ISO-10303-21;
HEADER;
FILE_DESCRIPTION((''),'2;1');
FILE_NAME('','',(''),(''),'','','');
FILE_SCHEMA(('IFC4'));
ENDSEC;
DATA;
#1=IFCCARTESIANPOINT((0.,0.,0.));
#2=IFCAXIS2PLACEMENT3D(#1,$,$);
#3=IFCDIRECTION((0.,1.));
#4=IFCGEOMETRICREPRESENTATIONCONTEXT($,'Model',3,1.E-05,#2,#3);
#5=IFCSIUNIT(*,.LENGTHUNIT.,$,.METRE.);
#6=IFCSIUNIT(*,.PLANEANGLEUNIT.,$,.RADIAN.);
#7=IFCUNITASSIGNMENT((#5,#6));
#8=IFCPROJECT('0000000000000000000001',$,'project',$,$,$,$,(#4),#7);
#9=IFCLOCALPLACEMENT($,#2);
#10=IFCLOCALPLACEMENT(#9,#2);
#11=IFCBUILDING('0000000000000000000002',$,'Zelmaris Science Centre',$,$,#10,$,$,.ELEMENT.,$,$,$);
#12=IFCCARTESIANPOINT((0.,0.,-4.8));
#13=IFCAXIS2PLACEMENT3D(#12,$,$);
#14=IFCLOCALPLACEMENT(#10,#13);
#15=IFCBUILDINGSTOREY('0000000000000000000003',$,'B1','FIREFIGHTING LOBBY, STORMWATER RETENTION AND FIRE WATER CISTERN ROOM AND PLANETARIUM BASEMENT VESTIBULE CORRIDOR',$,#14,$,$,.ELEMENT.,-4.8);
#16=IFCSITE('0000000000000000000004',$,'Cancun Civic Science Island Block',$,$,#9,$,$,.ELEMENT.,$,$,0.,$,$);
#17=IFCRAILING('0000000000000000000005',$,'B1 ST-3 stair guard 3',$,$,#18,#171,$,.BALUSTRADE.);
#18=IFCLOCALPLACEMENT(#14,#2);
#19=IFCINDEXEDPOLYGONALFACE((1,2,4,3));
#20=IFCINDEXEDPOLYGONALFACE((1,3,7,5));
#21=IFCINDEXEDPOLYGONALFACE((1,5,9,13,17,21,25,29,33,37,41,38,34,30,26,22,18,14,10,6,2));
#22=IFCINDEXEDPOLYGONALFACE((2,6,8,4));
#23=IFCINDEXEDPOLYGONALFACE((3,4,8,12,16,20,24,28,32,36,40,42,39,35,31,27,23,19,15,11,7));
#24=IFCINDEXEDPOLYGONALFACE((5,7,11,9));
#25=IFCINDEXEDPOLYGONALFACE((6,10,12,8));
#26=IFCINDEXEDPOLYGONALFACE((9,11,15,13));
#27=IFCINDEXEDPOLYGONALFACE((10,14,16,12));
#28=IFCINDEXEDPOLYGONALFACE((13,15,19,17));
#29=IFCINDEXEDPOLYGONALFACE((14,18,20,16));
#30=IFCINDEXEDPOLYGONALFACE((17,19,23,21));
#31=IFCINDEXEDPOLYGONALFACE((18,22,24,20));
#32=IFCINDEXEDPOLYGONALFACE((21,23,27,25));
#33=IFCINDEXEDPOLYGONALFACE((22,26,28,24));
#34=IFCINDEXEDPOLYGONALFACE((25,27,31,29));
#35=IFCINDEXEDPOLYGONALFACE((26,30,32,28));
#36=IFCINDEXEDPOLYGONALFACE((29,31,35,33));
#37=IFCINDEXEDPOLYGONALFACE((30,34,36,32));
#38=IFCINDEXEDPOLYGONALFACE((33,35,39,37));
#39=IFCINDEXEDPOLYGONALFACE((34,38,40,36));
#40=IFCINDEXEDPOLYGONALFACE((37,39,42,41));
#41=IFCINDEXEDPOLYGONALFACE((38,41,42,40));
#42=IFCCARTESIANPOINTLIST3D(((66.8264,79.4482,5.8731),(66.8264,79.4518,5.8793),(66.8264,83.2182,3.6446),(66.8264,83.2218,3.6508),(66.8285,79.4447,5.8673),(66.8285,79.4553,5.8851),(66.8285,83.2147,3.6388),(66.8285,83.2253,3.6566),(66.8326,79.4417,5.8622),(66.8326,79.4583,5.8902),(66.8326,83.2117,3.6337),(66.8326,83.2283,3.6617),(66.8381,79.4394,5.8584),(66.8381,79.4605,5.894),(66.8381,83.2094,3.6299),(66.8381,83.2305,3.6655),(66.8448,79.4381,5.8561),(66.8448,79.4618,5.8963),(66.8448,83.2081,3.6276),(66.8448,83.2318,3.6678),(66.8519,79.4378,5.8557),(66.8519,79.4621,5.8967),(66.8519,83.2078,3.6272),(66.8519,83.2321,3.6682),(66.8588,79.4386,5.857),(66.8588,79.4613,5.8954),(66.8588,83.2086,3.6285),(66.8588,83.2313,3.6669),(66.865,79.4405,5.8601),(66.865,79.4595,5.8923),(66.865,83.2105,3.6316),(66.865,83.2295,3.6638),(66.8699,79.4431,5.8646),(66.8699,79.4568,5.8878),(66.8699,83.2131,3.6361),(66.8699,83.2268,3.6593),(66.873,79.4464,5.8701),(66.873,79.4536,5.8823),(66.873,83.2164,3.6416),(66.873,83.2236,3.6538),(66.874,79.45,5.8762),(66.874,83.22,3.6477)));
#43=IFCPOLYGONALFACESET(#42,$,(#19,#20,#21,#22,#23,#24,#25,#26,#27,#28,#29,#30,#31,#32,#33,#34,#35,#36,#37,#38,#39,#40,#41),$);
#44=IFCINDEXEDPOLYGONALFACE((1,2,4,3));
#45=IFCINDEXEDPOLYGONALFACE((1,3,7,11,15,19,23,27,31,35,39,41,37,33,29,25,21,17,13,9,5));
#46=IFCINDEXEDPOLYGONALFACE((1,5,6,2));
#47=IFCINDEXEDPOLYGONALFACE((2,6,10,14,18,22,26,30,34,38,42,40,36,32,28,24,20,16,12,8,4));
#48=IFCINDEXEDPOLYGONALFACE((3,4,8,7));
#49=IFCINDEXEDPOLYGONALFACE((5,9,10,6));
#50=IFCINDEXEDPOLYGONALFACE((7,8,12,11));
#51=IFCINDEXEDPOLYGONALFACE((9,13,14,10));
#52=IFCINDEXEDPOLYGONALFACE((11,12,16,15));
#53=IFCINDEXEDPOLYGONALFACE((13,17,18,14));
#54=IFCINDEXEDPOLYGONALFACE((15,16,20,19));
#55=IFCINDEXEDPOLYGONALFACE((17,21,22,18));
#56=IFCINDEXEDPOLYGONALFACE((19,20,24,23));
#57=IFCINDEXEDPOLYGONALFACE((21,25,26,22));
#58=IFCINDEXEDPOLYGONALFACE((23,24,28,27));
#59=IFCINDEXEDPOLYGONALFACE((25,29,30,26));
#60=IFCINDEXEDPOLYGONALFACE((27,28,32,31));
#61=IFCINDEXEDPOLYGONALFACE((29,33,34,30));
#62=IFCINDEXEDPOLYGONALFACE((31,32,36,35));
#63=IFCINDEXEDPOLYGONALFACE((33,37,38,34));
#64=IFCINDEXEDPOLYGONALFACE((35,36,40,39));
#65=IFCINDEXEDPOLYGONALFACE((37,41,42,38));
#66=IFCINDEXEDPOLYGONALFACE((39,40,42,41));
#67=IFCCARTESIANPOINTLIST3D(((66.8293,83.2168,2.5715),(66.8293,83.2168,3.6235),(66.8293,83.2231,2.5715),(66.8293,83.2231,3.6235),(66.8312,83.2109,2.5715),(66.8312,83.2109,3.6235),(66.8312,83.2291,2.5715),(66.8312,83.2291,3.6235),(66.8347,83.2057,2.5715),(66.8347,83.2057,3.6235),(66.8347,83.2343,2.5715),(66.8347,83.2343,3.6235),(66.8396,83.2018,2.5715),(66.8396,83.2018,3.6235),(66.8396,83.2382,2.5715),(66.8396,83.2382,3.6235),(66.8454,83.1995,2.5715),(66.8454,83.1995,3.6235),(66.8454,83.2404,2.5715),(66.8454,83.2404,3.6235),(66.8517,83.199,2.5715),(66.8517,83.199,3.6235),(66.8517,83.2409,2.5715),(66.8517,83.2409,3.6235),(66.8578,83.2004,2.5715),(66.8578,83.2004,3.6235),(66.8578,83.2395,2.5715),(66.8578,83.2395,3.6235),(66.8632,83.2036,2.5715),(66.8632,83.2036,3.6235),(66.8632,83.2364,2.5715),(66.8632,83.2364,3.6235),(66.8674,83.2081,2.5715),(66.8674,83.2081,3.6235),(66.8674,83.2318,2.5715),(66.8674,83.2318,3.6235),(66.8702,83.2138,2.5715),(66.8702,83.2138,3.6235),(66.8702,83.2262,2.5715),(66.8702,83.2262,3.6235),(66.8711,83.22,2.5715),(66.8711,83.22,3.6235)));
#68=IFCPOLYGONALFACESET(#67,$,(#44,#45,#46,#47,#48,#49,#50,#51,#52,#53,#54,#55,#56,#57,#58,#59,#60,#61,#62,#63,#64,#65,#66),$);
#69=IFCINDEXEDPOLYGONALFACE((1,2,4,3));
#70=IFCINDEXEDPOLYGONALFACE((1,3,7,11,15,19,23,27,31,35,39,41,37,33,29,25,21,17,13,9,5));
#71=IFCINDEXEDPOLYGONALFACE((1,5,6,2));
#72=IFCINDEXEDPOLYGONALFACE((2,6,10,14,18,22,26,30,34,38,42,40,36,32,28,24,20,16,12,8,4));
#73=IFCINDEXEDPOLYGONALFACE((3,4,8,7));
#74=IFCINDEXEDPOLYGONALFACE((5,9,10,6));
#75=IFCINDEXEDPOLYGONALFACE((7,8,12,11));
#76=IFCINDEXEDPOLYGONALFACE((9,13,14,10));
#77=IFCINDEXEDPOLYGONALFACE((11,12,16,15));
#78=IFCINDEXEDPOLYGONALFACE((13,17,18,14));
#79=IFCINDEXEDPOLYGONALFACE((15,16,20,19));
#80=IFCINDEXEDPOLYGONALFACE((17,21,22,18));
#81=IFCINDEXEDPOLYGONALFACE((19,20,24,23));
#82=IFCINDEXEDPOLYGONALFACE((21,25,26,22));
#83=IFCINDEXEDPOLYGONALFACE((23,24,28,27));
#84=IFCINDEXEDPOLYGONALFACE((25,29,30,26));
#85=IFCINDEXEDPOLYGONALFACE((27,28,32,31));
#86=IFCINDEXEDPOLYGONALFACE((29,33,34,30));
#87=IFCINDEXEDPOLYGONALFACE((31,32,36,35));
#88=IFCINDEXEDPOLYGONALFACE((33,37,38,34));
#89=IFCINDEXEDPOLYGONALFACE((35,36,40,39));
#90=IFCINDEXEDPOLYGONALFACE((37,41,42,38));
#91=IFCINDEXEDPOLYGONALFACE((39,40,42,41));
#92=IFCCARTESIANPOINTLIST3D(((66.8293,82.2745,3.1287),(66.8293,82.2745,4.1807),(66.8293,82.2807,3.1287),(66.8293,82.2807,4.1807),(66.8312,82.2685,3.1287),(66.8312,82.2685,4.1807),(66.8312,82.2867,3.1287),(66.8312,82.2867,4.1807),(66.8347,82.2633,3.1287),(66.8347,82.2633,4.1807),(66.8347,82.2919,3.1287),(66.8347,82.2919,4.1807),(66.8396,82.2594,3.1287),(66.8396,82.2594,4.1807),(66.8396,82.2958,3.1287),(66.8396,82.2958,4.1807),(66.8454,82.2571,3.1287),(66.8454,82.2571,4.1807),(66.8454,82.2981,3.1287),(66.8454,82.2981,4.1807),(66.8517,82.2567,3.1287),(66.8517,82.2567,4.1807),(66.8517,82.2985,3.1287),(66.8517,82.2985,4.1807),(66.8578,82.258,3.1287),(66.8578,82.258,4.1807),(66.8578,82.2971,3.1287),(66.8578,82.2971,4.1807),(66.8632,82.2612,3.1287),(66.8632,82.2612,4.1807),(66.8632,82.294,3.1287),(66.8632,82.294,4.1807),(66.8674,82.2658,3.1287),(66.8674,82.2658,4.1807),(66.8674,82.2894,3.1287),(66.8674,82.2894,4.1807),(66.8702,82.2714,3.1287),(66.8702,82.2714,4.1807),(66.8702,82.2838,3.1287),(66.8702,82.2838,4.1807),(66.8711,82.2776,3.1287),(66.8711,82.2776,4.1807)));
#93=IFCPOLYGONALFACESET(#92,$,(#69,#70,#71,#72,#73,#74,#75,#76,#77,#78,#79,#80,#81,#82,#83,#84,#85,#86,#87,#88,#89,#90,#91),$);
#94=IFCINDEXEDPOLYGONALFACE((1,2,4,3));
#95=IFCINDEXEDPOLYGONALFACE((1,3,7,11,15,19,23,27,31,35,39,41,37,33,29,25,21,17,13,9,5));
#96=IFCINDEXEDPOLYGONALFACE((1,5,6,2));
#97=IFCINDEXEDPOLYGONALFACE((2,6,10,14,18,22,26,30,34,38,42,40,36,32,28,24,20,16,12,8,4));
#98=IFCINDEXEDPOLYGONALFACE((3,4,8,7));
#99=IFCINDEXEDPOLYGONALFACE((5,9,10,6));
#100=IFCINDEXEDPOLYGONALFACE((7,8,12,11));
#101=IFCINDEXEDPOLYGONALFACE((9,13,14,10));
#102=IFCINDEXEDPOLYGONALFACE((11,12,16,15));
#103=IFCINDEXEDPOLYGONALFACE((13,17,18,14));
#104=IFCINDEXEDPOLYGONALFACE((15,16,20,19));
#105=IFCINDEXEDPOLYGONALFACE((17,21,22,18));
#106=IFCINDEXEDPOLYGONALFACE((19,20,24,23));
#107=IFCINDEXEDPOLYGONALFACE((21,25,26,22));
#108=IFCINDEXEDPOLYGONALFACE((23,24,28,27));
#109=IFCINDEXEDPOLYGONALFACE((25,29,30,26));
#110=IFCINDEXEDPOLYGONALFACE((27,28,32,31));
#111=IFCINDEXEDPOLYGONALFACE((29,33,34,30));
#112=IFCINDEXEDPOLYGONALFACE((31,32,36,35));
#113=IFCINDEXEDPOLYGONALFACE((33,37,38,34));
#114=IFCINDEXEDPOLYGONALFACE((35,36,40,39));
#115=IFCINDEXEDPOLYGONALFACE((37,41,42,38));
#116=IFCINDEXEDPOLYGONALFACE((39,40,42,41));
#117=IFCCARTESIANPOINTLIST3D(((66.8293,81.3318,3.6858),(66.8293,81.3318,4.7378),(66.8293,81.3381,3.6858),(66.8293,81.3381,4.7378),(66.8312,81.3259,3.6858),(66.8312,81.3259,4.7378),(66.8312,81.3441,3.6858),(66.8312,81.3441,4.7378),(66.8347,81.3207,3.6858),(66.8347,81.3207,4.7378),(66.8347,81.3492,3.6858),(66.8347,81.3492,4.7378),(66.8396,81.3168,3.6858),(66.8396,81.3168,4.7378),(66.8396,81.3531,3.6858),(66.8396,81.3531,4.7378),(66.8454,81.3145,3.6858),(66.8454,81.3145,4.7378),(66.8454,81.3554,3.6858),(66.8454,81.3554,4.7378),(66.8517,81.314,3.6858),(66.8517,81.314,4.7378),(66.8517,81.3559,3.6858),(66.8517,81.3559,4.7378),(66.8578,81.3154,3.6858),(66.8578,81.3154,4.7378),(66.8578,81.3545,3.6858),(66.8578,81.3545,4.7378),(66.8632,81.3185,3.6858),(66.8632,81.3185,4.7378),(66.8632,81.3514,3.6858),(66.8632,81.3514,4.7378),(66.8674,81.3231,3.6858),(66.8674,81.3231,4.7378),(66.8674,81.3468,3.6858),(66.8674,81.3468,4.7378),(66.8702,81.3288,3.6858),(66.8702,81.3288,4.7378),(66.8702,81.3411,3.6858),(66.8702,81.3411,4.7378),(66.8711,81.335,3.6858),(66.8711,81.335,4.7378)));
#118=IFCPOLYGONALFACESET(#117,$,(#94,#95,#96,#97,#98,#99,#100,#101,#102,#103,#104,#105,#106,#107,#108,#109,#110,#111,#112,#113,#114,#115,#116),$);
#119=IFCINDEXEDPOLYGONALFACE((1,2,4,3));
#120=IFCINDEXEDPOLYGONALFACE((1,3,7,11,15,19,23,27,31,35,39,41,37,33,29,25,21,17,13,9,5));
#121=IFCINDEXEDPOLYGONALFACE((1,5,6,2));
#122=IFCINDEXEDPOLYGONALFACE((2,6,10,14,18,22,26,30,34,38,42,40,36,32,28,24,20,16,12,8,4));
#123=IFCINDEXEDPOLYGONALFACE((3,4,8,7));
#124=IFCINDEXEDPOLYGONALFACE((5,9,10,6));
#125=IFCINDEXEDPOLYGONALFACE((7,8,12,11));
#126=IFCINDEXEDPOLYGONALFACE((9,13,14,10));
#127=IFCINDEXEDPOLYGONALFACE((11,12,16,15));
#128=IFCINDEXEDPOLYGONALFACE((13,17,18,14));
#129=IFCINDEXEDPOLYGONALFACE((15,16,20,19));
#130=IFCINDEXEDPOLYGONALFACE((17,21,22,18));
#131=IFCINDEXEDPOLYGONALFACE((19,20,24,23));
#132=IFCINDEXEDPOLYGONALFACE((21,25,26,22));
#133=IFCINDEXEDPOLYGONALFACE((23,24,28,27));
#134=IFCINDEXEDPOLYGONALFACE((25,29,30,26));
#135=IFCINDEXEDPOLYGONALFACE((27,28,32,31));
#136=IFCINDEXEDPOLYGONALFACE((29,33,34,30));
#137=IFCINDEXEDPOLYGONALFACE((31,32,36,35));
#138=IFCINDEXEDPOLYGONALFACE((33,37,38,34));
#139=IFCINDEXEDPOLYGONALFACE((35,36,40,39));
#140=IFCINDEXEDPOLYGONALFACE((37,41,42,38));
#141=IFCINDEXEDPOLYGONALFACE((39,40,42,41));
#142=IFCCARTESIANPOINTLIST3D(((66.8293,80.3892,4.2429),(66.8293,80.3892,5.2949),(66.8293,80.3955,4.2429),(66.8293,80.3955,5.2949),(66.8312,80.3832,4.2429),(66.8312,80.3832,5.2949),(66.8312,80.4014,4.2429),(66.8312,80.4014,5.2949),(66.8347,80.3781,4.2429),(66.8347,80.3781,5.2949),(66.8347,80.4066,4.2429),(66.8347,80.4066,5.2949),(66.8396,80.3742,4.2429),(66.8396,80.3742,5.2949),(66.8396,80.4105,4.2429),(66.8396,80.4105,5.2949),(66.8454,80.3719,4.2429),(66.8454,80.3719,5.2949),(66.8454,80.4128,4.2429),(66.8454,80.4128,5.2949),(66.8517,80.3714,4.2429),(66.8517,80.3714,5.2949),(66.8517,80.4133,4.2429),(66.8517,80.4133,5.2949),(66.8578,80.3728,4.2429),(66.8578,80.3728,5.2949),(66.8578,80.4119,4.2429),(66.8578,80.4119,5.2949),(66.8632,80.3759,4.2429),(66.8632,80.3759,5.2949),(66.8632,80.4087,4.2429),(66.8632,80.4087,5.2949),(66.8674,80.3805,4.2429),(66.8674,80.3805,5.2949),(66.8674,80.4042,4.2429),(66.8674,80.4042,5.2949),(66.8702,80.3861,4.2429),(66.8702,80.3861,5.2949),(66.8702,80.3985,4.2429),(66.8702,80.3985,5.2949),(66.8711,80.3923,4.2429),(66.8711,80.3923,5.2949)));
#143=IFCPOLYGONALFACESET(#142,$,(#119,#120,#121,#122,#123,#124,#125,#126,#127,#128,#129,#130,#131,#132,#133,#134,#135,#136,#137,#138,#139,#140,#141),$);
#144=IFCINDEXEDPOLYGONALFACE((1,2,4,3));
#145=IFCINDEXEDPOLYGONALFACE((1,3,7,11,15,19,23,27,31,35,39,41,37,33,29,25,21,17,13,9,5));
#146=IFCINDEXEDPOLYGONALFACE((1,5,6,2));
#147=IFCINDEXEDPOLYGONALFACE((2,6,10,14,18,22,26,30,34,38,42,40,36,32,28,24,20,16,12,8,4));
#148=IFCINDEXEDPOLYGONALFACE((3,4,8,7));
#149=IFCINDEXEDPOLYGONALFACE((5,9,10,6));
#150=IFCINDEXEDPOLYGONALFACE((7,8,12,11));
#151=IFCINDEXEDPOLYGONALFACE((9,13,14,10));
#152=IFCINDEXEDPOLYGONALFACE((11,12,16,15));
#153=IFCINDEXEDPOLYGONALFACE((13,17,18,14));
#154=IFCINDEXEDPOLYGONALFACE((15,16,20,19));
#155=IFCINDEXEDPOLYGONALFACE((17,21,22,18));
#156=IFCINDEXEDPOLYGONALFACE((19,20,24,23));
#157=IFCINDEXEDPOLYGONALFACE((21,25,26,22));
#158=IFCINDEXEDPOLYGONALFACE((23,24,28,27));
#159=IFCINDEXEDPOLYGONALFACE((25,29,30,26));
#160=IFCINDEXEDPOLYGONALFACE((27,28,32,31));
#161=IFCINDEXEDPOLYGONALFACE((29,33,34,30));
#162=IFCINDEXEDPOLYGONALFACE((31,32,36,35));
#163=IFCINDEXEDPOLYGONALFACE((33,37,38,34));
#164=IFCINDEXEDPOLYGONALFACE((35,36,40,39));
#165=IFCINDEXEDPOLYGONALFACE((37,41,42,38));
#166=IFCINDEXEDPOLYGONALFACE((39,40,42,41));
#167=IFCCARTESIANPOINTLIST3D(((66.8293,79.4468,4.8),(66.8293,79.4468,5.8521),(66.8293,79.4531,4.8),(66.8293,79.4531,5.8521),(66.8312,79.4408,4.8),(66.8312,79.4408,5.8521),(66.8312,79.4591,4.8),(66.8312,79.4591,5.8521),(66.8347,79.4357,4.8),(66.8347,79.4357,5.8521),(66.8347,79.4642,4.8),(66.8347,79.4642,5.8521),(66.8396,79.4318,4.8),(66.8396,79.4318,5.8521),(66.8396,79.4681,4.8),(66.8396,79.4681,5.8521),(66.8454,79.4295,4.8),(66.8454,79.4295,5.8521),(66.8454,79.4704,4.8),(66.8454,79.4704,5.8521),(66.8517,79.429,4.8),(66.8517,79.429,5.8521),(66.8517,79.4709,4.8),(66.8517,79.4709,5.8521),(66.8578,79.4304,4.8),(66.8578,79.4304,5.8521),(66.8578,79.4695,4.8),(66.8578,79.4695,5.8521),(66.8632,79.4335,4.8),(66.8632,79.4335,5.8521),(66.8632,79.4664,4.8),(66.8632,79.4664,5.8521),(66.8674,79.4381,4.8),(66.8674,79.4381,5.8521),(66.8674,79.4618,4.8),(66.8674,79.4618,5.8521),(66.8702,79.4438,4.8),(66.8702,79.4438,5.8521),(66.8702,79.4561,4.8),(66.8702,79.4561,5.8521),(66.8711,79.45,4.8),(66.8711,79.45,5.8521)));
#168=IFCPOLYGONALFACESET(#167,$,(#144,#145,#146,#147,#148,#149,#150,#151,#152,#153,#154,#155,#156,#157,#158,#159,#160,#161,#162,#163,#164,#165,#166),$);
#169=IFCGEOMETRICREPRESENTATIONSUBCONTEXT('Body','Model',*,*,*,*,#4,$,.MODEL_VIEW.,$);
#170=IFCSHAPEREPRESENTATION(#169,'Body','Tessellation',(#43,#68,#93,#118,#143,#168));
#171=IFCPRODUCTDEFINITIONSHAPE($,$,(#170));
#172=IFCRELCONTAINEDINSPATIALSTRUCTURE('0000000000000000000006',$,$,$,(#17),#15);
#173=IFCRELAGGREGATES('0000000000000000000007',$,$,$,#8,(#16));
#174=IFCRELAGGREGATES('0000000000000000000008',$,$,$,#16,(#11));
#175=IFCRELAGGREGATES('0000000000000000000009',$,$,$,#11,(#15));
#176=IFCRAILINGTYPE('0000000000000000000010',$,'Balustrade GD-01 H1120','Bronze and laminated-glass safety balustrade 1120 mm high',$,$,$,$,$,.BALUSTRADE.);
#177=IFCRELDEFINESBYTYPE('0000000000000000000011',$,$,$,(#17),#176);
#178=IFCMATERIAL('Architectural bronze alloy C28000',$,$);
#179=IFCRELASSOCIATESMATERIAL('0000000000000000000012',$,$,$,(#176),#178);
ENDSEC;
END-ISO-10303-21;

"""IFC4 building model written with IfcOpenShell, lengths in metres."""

from ifc_helpers import new_model, si_unit, direction, frame, origin, origin_2d, place, context, subcontext, project, spatial, circle, extrude, material, type_object, element, save


model = new_model("IFC4")

# Units and contexts
model_context = context("Model", 3, precision=1e-05, world=origin(), true_north=direction((0.0, 1.0)))
body_context = subcontext(model_context, "Body", "Model", "MODEL_VIEW")
ifc_project = project(units=[si_unit("LENGTHUNIT", "METRE"), si_unit("PLANEANGLEUNIT", "RADIAN")], contexts=[model_context])

# Site, building, storey
site_placement = place(None, origin())
site = spatial("IfcSite", under=ifc_project, at=site_placement, Name="Cancun Civic Science Island Block", CompositionType="ELEMENT", RefElevation=0.0)
building_placement = place(site_placement, origin())
building = spatial("IfcBuilding", under=site, at=building_placement, Name="Zelmaris Science Centre", CompositionType="ELEMENT")
storey_placement = place(building_placement, frame((0.0, 0.0, -4.8)))
storey = spatial("IfcBuildingStorey", under=building, at=storey_placement, Name="B1", Description="FIREFIGHTING LOBBY, STORMWATER RETENTION AND FIRE WATER CISTERN ROOM AND PLANETARIUM BASEMENT VESTIBULE CORRIDOR", CompositionType="ELEMENT", Elevation=-4.8)

# Railing
ifc_material_1 = material(Name="Architectural bronze alloy C28000")
railing_type = type_object("IfcRailingType", Name="Balustrade GD-01 H1120", Description="Bronze and laminated-glass safety balustrade 1120 mm high", PredefinedType="BALUSTRADE", material=ifc_material_1)
railing_1_placement = place(storey_placement, frame((66.8501, 83.22, 2.5715)))
element("IfcRailing", 1, at=railing_1_placement, inside=storey, type_object=railing_type, Name="B1 ST-3 stair guard 3", PredefinedType="BALUSTRADE", context=body_context, shape_type="SweptSolid", body=[
    extrude(circle(Radius=0.0239, at=origin_2d()), frame((0.0, 0.0, 1.0762), z_axis=(0.0, -0.860849, 0.508861), x_axis=(1.0, 0.0, 0.0)), (0.0, 0.0, 1.0), 4.3794),
    extrude(circle(Radius=0.021, at=origin_2d()), origin(), (0.0, 0.0, 1.0), 1.052),
    extrude(circle(Radius=0.021, at=origin_2d()), frame((0.0, -0.9424, 0.5571)), (0.0, 0.0, 1.0), 1.052),
    extrude(circle(Radius=0.021, at=origin_2d()), frame((0.0, -1.885, 1.1143)), (0.0, 0.0, 1.0), 1.052),
    extrude(circle(Radius=0.021, at=origin_2d()), frame((0.0, -2.8276, 1.6714)), (0.0, 0.0, 1.0), 1.052),
    extrude(circle(Radius=0.021, at=origin_2d()), frame((0.0, -3.77, 2.2285)), (0.0, 0.0, 1.0), 1.052),
])

save(model, "model.ifc")
